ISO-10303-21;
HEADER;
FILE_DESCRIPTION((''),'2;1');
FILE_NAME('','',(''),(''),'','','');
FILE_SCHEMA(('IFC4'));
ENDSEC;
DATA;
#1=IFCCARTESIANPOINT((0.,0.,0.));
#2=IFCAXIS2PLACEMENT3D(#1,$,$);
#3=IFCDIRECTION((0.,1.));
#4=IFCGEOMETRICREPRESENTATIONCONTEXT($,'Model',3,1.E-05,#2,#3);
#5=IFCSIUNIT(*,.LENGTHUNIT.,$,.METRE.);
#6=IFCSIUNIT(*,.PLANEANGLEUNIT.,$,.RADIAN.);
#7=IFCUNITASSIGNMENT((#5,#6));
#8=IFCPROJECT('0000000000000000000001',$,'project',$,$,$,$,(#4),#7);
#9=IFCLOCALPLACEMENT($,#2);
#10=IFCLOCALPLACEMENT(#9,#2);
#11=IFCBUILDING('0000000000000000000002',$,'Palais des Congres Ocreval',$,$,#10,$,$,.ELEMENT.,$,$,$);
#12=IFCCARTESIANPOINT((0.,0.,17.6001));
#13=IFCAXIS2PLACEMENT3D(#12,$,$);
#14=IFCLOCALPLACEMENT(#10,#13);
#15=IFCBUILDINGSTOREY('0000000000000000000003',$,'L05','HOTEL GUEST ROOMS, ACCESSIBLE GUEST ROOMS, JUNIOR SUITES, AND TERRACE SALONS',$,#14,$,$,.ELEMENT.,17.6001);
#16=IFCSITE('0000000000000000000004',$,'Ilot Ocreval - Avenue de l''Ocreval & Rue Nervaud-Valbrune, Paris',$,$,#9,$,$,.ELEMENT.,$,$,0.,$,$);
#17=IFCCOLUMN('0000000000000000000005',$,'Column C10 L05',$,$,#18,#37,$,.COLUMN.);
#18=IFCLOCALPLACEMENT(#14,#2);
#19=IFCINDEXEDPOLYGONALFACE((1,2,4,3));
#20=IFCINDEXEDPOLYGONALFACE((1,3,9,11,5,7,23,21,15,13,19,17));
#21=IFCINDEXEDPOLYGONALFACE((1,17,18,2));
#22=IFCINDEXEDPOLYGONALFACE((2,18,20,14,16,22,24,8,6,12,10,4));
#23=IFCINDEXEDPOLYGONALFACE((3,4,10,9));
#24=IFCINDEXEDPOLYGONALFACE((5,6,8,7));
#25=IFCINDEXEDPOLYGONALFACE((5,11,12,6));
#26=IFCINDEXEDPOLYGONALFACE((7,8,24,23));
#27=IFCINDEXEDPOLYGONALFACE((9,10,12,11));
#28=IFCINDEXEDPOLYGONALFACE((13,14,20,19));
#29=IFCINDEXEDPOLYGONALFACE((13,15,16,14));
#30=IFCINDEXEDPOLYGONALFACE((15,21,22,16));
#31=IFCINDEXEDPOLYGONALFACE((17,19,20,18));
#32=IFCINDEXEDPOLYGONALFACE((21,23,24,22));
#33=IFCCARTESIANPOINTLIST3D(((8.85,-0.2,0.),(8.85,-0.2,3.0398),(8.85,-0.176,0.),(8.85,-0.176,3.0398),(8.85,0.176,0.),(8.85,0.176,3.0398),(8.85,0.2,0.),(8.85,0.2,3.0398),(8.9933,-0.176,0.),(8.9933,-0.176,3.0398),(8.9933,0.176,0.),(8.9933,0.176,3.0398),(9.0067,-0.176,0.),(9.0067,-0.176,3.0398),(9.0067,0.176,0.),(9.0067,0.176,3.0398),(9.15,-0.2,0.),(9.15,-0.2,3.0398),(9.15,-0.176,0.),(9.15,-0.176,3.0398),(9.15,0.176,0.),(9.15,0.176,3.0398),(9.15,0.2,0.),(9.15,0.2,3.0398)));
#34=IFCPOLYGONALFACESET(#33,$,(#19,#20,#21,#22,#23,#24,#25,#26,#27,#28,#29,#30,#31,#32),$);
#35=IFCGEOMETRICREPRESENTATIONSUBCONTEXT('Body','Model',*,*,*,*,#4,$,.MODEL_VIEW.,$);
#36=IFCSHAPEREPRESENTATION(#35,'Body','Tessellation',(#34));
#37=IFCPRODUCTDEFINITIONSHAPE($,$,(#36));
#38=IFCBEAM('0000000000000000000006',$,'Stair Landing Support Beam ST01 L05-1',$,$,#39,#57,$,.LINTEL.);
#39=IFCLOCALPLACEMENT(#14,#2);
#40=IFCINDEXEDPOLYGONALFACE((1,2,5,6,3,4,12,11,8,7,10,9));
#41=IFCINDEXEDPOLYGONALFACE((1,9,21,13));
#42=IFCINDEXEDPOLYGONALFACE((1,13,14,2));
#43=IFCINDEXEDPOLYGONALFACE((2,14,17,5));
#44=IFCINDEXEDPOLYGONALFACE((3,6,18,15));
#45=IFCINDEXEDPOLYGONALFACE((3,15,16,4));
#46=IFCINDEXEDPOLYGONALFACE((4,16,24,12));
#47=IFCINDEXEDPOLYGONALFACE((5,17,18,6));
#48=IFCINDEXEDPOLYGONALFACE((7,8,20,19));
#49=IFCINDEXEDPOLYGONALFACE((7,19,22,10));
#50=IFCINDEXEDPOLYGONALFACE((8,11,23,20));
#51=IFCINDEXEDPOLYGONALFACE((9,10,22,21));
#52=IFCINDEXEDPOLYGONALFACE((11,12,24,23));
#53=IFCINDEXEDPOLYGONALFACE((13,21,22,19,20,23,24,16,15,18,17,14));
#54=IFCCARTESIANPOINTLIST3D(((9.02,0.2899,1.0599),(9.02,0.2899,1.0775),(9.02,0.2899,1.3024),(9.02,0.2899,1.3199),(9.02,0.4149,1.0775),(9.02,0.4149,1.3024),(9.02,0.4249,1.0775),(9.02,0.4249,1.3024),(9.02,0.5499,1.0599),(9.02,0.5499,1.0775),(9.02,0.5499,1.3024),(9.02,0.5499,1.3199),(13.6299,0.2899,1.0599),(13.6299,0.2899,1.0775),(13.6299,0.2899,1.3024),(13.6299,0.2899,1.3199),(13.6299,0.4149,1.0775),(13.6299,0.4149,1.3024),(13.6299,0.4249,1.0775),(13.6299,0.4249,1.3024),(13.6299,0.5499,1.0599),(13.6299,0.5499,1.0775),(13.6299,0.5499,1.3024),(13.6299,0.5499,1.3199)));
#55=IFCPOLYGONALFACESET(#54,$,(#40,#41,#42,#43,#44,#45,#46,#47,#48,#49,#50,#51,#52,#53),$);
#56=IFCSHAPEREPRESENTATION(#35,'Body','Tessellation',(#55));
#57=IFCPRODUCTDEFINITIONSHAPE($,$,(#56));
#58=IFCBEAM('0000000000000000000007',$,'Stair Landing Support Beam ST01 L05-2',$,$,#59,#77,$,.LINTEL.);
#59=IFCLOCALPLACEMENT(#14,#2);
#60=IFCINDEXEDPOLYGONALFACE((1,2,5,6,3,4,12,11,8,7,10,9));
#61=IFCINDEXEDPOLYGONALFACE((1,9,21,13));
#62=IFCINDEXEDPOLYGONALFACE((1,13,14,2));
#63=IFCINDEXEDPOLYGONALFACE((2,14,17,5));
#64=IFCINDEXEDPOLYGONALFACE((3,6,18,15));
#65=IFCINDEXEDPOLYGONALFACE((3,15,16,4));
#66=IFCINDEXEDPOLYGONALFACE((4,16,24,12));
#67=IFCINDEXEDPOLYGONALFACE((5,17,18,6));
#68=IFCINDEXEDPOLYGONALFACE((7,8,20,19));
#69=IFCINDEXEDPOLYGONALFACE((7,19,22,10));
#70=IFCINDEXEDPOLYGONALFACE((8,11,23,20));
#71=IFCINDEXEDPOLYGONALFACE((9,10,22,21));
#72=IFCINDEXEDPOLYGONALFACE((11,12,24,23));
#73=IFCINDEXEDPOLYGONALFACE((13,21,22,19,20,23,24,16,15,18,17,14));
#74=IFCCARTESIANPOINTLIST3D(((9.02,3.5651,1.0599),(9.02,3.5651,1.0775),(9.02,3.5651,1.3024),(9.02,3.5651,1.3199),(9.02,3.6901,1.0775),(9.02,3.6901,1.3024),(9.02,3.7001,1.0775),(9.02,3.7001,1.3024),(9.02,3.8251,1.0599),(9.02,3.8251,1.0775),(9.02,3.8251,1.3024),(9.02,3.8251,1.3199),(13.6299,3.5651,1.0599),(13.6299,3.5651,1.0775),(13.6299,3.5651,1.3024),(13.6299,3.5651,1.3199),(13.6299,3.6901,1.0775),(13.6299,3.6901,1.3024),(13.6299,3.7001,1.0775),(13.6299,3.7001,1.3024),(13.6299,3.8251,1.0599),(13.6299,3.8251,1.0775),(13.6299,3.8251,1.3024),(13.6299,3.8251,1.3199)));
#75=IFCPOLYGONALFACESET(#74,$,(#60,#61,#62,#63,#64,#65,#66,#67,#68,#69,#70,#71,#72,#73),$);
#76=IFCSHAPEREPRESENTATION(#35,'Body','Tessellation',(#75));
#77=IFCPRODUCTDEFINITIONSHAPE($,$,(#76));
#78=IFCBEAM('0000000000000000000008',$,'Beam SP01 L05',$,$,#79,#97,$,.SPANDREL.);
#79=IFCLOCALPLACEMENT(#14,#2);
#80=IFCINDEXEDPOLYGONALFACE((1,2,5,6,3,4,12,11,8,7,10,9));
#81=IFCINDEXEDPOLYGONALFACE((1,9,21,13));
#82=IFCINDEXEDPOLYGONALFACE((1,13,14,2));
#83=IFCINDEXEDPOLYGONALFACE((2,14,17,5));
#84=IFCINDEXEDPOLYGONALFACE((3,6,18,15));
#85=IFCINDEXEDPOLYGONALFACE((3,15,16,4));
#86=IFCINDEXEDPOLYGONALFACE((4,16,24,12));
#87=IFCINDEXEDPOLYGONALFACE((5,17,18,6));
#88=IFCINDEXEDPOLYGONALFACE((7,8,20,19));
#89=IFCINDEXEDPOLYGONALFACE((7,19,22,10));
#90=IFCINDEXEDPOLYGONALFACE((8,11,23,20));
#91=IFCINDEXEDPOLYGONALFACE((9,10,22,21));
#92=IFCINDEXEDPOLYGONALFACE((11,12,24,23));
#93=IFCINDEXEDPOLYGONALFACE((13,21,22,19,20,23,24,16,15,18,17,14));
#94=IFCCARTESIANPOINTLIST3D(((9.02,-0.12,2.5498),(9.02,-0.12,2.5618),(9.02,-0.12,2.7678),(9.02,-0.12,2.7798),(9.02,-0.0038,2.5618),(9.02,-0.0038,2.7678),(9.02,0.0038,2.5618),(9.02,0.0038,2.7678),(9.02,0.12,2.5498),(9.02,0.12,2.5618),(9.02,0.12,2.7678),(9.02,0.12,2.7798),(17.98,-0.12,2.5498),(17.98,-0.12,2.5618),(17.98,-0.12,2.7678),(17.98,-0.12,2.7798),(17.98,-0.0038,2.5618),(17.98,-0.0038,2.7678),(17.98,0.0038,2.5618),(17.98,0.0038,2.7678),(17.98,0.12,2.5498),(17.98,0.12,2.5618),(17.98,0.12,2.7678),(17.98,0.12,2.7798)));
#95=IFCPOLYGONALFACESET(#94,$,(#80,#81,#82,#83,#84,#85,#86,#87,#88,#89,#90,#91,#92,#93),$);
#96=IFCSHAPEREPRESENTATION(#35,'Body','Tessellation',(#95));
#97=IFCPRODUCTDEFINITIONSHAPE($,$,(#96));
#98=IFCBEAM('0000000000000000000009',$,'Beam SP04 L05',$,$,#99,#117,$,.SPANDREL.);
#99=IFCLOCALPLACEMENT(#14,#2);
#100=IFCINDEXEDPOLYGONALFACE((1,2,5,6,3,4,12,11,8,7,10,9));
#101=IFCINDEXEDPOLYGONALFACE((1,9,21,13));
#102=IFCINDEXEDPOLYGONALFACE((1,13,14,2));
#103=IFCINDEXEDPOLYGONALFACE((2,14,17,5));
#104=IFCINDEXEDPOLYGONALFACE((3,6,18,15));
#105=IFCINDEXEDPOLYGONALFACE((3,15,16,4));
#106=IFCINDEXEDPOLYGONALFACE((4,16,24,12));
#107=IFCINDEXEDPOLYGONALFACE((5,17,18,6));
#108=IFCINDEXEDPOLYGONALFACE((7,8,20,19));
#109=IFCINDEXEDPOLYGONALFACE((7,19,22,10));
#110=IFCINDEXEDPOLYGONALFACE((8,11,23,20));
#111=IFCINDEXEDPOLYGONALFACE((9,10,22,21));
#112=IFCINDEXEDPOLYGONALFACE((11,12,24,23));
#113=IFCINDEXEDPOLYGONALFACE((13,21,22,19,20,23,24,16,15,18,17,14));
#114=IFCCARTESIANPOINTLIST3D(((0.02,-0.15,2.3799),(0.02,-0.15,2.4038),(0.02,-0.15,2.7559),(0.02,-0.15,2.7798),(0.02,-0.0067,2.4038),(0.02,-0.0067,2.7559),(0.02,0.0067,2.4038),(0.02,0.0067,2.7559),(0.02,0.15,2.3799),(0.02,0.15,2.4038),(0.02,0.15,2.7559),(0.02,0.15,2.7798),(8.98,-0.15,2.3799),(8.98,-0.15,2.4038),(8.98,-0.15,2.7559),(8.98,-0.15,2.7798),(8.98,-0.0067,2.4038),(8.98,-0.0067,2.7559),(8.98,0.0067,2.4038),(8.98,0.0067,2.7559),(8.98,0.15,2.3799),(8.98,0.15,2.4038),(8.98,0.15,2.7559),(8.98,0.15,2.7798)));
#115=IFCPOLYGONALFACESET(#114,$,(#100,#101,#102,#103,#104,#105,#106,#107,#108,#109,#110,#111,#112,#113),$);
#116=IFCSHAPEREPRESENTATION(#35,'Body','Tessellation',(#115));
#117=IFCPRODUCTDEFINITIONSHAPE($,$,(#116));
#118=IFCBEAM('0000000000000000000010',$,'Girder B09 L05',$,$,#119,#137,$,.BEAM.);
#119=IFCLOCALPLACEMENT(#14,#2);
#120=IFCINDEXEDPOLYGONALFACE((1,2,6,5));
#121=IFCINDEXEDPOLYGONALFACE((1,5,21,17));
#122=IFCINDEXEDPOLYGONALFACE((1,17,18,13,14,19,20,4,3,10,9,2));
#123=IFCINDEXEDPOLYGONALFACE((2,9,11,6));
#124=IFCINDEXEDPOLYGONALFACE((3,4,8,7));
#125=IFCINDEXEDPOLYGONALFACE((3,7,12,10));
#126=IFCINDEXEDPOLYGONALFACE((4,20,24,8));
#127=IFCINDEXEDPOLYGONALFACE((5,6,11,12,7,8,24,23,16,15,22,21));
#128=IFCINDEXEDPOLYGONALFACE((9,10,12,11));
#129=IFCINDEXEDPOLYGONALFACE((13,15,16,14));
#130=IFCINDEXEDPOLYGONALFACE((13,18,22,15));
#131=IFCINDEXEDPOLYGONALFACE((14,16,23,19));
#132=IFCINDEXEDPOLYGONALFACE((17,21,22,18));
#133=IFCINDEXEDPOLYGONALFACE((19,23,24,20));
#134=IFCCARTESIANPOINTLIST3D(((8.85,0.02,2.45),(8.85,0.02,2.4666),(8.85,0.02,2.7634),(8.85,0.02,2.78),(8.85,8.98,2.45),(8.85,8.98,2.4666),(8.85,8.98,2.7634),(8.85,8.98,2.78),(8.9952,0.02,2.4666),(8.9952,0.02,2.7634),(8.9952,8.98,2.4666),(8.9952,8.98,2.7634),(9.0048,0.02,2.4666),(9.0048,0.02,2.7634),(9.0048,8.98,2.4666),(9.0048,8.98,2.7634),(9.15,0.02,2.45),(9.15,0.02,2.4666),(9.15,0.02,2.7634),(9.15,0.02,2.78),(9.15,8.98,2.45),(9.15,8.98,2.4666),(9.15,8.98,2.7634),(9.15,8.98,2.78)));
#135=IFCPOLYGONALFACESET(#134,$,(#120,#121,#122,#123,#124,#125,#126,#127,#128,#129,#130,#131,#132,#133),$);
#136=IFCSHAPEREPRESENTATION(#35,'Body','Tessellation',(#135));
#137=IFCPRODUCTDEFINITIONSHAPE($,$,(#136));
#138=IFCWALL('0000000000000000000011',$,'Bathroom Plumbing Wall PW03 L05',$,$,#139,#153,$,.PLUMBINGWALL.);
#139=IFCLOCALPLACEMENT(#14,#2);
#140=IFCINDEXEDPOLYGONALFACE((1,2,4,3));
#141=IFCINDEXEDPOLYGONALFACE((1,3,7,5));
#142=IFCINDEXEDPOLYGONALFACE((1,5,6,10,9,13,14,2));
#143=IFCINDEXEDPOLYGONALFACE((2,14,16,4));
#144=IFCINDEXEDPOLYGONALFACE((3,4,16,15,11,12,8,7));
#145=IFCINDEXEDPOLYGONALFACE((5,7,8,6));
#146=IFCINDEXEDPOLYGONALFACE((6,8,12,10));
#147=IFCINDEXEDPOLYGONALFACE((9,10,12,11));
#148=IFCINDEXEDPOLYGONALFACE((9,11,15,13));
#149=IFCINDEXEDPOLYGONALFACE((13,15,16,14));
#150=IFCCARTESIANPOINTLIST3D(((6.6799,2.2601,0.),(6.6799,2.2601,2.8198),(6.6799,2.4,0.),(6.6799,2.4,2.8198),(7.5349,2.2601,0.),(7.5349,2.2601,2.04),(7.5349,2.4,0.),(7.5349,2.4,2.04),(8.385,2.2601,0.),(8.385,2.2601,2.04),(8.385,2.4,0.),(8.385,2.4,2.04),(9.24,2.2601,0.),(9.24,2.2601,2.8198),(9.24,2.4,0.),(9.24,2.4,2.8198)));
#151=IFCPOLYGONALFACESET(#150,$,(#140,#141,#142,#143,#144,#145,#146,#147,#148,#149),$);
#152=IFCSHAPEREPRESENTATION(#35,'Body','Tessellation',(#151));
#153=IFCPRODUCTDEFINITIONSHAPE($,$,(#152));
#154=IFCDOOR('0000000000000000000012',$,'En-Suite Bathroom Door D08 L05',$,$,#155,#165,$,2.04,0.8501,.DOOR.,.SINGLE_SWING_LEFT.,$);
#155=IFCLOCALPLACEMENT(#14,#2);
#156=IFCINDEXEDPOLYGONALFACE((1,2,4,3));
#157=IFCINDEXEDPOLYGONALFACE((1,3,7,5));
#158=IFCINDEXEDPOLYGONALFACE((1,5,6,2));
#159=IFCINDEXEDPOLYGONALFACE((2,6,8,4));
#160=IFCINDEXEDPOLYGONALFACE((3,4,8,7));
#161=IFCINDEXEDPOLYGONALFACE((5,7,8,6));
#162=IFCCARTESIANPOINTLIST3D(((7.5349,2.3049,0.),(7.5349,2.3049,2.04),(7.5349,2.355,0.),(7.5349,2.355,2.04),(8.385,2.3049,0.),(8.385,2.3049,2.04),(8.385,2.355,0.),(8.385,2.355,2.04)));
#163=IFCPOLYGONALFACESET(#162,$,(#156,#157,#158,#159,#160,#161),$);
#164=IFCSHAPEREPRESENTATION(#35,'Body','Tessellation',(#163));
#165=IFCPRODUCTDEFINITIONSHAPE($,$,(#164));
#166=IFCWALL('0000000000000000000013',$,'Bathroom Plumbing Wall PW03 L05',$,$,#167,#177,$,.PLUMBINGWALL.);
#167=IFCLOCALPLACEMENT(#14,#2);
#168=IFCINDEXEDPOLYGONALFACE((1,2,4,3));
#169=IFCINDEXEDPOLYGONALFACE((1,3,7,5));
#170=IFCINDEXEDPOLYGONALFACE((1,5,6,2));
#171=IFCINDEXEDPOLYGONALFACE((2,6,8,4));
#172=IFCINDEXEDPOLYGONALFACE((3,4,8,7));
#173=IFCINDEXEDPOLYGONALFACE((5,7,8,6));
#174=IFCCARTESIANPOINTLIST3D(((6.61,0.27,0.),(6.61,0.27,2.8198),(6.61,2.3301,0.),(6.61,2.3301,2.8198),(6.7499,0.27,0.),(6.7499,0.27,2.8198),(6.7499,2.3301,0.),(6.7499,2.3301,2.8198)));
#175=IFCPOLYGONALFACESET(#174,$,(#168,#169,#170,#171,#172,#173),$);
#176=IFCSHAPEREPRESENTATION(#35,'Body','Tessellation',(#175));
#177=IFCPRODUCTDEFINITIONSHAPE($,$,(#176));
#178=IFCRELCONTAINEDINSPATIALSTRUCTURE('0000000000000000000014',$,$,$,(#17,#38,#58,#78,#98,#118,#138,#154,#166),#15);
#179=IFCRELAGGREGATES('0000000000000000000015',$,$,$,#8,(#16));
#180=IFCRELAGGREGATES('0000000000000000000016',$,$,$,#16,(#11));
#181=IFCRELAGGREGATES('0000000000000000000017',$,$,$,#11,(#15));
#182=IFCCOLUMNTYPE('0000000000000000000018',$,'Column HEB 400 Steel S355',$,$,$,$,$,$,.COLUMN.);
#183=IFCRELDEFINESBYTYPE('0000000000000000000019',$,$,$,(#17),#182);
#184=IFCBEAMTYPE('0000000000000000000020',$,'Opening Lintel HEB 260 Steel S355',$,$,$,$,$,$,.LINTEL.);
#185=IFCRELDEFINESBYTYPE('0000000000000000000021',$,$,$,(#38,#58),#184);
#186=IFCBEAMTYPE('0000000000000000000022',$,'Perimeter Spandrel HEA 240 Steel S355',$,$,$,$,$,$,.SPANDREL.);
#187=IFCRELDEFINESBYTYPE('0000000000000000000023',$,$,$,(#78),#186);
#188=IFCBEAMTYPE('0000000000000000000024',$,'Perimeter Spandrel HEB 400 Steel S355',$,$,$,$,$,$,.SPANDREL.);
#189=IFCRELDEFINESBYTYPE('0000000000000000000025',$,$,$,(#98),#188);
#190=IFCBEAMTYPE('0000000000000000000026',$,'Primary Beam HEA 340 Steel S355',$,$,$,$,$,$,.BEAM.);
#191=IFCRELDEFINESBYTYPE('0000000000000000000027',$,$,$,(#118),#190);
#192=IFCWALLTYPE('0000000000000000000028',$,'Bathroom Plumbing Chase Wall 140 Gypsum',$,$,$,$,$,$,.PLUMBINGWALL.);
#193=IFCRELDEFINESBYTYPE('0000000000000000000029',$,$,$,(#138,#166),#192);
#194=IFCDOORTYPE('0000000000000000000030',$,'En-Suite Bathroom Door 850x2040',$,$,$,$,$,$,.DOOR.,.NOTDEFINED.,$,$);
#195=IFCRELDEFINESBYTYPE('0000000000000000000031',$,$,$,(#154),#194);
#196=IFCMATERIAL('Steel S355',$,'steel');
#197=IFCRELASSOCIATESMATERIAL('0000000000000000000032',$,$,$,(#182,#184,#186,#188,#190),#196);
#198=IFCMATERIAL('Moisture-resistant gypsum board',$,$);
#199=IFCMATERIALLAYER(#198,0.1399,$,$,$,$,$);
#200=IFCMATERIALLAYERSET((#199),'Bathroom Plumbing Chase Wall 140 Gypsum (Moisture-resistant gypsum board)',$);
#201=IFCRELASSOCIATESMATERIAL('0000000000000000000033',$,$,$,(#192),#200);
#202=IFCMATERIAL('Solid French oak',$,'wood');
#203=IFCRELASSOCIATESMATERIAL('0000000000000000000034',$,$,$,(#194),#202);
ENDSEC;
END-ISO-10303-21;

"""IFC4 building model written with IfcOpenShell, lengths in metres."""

from ifc_helpers import new_model, si_unit, direction, frame, frame_2d, origin, origin_2d, place, context, subcontext, project, spatial, rectangle, i_section, extrude, material, layer, layer_set, material_profile, profile_set, type_object, element, fill, save


model = new_model("IFC4")

# Units and contexts
model_context = context("Model", 3, precision=1e-05, world=origin(), true_north=direction((0.0, 1.0)))
body_context = subcontext(model_context, "Body", "Model", "MODEL_VIEW")
ifc_project = project(units=[si_unit("LENGTHUNIT", "METRE"), si_unit("PLANEANGLEUNIT", "RADIAN")], contexts=[model_context])

# Site, building, storey
site_placement = place(None, origin())
site = spatial("IfcSite", under=ifc_project, at=site_placement, Name="Ilot Ocreval - Avenue de l'Ocreval & Rue Nervaud-Valbrune, Paris", CompositionType="ELEMENT", RefElevation=0.0)
building_placement = place(site_placement, origin())
building = spatial("IfcBuilding", under=site, at=building_placement, Name="Palais des Congres Ocreval", CompositionType="ELEMENT")
storey_placement = place(building_placement, frame((0.0, 0.0, 17.6001)))
storey = spatial("IfcBuildingStorey", under=building, at=storey_placement, Name="L05", Description="HOTEL GUEST ROOMS, ACCESSIBLE GUEST ROOMS, JUNIOR SUITES, AND TERRACE SALONS", CompositionType="ELEMENT", Elevation=17.6001)

# Column
ifc_material_1 = material(Name="Steel S355", Category="steel")
ifc_material_profile_1 = material_profile(ifc_material_1, i_section(OverallWidth=0.3, OverallDepth=0.3999, WebThickness=0.0134, FlangeThickness=0.0239, at=origin_2d()), Name="HEB 400")
ifc_profile_set_1 = profile_set([ifc_material_profile_1], Name="Steel S355")
column_type = type_object("IfcColumnType", Name="Column HEB 400 Steel S355", PredefinedType="COLUMN", material=ifc_profile_set_1)
column_placement = place(storey_placement, frame((9.0, 0.0, 0.0), z_axis=(0.0, 0.0, 1.0), x_axis=(1.0, 0.0, 0.0)))
element("IfcColumn", 1, at=column_placement, inside=storey, type_object=column_type, Name="Column C10 L05", PredefinedType="COLUMN", context=body_context, shape_type="SweptSolid", body=[
    extrude(i_section(OverallWidth=0.3, OverallDepth=0.3999, WebThickness=0.0134, FlangeThickness=0.0239, at=origin_2d()), origin(), (0.0, 0.0, 1.0), 3.0398),
])

# Beams
ifc_material_profile_2 = material_profile(ifc_material_1, i_section(OverallWidth=0.26, OverallDepth=0.26, WebThickness=0.01, FlangeThickness=0.0176, at=origin_2d()), Name="HEB 260")
ifc_profile_set_2 = profile_set([ifc_material_profile_2], Name="Steel S355")
beam_type_1 = type_object("IfcBeamType", Name="Opening Lintel HEB 260 Steel S355", PredefinedType="LINTEL", material=ifc_profile_set_2)
for number, where, z_axis, x_axis, name in (
    (2, (9.02, 0.4199, 1.1899), (1.0, 0.0, 0.0), (0.0, 1.0, 0.0), "Stair Landing Support Beam ST01 L05-1"),
    (3, (9.02, 3.6951, 1.1899), (1.0, 0.0, 0.0), (0.0, 1.0, 0.0), "Stair Landing Support Beam ST01 L05-2"),
):
    element("IfcBeam", number, at=place(storey_placement, frame(where, z_axis=z_axis, x_axis=x_axis)), inside=storey, type_object=beam_type_1, Name=name, PredefinedType="LINTEL", context=body_context, shape_type="SweptSolid", body=[
        extrude(i_section(OverallWidth=0.26, OverallDepth=0.26, WebThickness=0.01, FlangeThickness=0.0176, at=origin_2d()), origin(), (0.0, 0.0, 1.0), 4.6099),
    ])
ifc_material_profile_3 = material_profile(ifc_material_1, i_section(OverallWidth=0.24, OverallDepth=0.23, WebThickness=0.0076, FlangeThickness=0.012, at=origin_2d()), Name="HEA 240")
ifc_profile_set_3 = profile_set([ifc_material_profile_3], Name="Steel S355")
beam_type_2 = type_object("IfcBeamType", Name="Perimeter Spandrel HEA 240 Steel S355", PredefinedType="SPANDREL", material=ifc_profile_set_3)
beam_1_placement = place(storey_placement, frame((9.02, 0.0, 2.6648), z_axis=(1.0, 0.0, 0.0), x_axis=(0.0, 1.0, 0.0)))
element("IfcBeam", 4, at=beam_1_placement, inside=storey, type_object=beam_type_2, Name="Beam SP01 L05", PredefinedType="SPANDREL", context=body_context, shape_type="SweptSolid", body=[
    extrude(i_section(OverallWidth=0.24, OverallDepth=0.23, WebThickness=0.0076, FlangeThickness=0.012, at=origin_2d()), origin(), (0.0, 0.0, 1.0), 8.96),
])
ifc_material_profile_4 = material_profile(ifc_material_1, i_section(OverallWidth=0.3, OverallDepth=0.3999, WebThickness=0.0134, FlangeThickness=0.0239, at=origin_2d()), Name="HEB 400")
ifc_profile_set_4 = profile_set([ifc_material_profile_4], Name="Steel S355")
beam_type_3 = type_object("IfcBeamType", Name="Perimeter Spandrel HEB 400 Steel S355", PredefinedType="SPANDREL", material=ifc_profile_set_4)
beam_2_placement = place(storey_placement, frame((0.02, 0.0, 2.5798), z_axis=(1.0, 0.0, 0.0), x_axis=(0.0, 1.0, 0.0)))
element("IfcBeam", 5, at=beam_2_placement, inside=storey, type_object=beam_type_3, Name="Beam SP04 L05", PredefinedType="SPANDREL", context=body_context, shape_type="SweptSolid", body=[
    extrude(i_section(OverallWidth=0.3, OverallDepth=0.3999, WebThickness=0.0134, FlangeThickness=0.0239, at=origin_2d()), origin(), (0.0, 0.0, 1.0), 8.96),
])
ifc_material_profile_5 = material_profile(ifc_material_1, i_section(OverallWidth=0.3, OverallDepth=0.3301, WebThickness=0.0095, FlangeThickness=0.0166, at=origin_2d()), Name="HEA 340")
ifc_profile_set_5 = profile_set([ifc_material_profile_5], Name="Steel S355")
beam_type_4 = type_object("IfcBeamType", Name="Primary Beam HEA 340 Steel S355", PredefinedType="BEAM", material=ifc_profile_set_5)
beam_3_placement = place(storey_placement, frame((9.0, 0.02, 2.615), z_axis=(0.0, 1.0, 0.0), x_axis=(-1.0, 0.0, 0.0)))
element("IfcBeam", 6, at=beam_3_placement, inside=storey, type_object=beam_type_4, Name="Girder B09 L05", PredefinedType="BEAM", context=body_context, shape_type="SweptSolid", body=[
    extrude(i_section(OverallWidth=0.3, OverallDepth=0.3301, WebThickness=0.0095, FlangeThickness=0.0166, at=origin_2d()), origin(), (0.0, 0.0, 1.0), 8.96),
])

# Wall, opening, door
ifc_material_2 = material(Name="Moisture-resistant gypsum board")
ifc_layer_1 = layer(ifc_material_2, 0.1399)
ifc_layer_set_1 = layer_set([ifc_layer_1], Name="Bathroom Plumbing Chase Wall 140 Gypsum (Moisture-resistant gypsum board)")
wall_type_1 = type_object("IfcWallType", Name="Bathroom Plumbing Chase Wall 140 Gypsum", PredefinedType="PLUMBINGWALL", material=ifc_layer_set_1)
wall_1_placement = place(storey_placement, frame((6.6799, 2.3301, 0.0), z_axis=(0.0, 0.0, 1.0), x_axis=(1.0, 0.0, 0.0)))
wall_1 = element("IfcWall", 7, at=wall_1_placement, inside=storey, type_object=wall_type_1, Name="Bathroom Plumbing Wall PW03 L05", PredefinedType="PLUMBINGWALL", context=body_context, shape_type="SweptSolid", body=[
    extrude(rectangle(XDim=2.5601, YDim=0.1399, at=frame_2d((1.28, 0.0))), origin(), (0.0, 0.0, 1.0), 2.8198),
])
opening_1_placement = place(wall_1_placement, frame((0.855, 0.0, 0.0)))
opening_1 = element("IfcOpeningElement", 8, at=opening_1_placement, cuts=wall_1, PredefinedType="OPENING", context=body_context, shape_type="SweptSolid", body=[
    extrude(rectangle(XDim=0.8501, YDim=2.04, at=frame_2d((0.425, 1.02))), frame((0.0, 0.0798, 0.0), z_axis=(0.0, -1.0, 0.0), x_axis=(1.0, 0.0, 0.0)), (0.0, 0.0, 1.0), 0.1599),
])
ifc_material_3 = material(Name="Solid French oak", Category="wood")
door_type = type_object("IfcDoorType", Name="En-Suite Bathroom Door 850x2040", OperationType="NOTDEFINED", PredefinedType="DOOR", material=ifc_material_3)
door_placement = place(opening_1_placement, origin())
door = element("IfcDoor", 9, at=door_placement, inside=storey, type_object=door_type, Name="En-Suite Bathroom Door D08 L05", OperationType="SINGLE_SWING_LEFT", OverallHeight=2.04, OverallWidth=0.8501, PredefinedType="DOOR", context=body_context, shape_type="SweptSolid", body=[
    extrude(rectangle(XDim=0.8501, YDim=2.04, at=frame_2d((0.425, 1.02))), frame((0.0, 0.0249, 0.0), z_axis=(0.0, -1.0, 0.0), x_axis=(1.0, 0.0, 0.0)), (0.0, 0.0, 1.0), 0.05),
])
fill(opening_1, door)

# Wall
wall_2_placement = place(storey_placement, frame((6.6799, 0.27, 0.0), z_axis=(0.0, 0.0, 1.0), x_axis=(0.0, 1.0, 0.0)))
element("IfcWall", 10, at=wall_2_placement, inside=storey, type_object=wall_type_1, Name="Bathroom Plumbing Wall PW03 L05", PredefinedType="PLUMBINGWALL", context=body_context, shape_type="SweptSolid", body=[
    extrude(rectangle(XDim=2.0601, YDim=0.1399, at=frame_2d((1.03, 0.0))), origin(), (0.0, 0.0, 1.0), 2.8198),
])

save(model, "model.ifc")
